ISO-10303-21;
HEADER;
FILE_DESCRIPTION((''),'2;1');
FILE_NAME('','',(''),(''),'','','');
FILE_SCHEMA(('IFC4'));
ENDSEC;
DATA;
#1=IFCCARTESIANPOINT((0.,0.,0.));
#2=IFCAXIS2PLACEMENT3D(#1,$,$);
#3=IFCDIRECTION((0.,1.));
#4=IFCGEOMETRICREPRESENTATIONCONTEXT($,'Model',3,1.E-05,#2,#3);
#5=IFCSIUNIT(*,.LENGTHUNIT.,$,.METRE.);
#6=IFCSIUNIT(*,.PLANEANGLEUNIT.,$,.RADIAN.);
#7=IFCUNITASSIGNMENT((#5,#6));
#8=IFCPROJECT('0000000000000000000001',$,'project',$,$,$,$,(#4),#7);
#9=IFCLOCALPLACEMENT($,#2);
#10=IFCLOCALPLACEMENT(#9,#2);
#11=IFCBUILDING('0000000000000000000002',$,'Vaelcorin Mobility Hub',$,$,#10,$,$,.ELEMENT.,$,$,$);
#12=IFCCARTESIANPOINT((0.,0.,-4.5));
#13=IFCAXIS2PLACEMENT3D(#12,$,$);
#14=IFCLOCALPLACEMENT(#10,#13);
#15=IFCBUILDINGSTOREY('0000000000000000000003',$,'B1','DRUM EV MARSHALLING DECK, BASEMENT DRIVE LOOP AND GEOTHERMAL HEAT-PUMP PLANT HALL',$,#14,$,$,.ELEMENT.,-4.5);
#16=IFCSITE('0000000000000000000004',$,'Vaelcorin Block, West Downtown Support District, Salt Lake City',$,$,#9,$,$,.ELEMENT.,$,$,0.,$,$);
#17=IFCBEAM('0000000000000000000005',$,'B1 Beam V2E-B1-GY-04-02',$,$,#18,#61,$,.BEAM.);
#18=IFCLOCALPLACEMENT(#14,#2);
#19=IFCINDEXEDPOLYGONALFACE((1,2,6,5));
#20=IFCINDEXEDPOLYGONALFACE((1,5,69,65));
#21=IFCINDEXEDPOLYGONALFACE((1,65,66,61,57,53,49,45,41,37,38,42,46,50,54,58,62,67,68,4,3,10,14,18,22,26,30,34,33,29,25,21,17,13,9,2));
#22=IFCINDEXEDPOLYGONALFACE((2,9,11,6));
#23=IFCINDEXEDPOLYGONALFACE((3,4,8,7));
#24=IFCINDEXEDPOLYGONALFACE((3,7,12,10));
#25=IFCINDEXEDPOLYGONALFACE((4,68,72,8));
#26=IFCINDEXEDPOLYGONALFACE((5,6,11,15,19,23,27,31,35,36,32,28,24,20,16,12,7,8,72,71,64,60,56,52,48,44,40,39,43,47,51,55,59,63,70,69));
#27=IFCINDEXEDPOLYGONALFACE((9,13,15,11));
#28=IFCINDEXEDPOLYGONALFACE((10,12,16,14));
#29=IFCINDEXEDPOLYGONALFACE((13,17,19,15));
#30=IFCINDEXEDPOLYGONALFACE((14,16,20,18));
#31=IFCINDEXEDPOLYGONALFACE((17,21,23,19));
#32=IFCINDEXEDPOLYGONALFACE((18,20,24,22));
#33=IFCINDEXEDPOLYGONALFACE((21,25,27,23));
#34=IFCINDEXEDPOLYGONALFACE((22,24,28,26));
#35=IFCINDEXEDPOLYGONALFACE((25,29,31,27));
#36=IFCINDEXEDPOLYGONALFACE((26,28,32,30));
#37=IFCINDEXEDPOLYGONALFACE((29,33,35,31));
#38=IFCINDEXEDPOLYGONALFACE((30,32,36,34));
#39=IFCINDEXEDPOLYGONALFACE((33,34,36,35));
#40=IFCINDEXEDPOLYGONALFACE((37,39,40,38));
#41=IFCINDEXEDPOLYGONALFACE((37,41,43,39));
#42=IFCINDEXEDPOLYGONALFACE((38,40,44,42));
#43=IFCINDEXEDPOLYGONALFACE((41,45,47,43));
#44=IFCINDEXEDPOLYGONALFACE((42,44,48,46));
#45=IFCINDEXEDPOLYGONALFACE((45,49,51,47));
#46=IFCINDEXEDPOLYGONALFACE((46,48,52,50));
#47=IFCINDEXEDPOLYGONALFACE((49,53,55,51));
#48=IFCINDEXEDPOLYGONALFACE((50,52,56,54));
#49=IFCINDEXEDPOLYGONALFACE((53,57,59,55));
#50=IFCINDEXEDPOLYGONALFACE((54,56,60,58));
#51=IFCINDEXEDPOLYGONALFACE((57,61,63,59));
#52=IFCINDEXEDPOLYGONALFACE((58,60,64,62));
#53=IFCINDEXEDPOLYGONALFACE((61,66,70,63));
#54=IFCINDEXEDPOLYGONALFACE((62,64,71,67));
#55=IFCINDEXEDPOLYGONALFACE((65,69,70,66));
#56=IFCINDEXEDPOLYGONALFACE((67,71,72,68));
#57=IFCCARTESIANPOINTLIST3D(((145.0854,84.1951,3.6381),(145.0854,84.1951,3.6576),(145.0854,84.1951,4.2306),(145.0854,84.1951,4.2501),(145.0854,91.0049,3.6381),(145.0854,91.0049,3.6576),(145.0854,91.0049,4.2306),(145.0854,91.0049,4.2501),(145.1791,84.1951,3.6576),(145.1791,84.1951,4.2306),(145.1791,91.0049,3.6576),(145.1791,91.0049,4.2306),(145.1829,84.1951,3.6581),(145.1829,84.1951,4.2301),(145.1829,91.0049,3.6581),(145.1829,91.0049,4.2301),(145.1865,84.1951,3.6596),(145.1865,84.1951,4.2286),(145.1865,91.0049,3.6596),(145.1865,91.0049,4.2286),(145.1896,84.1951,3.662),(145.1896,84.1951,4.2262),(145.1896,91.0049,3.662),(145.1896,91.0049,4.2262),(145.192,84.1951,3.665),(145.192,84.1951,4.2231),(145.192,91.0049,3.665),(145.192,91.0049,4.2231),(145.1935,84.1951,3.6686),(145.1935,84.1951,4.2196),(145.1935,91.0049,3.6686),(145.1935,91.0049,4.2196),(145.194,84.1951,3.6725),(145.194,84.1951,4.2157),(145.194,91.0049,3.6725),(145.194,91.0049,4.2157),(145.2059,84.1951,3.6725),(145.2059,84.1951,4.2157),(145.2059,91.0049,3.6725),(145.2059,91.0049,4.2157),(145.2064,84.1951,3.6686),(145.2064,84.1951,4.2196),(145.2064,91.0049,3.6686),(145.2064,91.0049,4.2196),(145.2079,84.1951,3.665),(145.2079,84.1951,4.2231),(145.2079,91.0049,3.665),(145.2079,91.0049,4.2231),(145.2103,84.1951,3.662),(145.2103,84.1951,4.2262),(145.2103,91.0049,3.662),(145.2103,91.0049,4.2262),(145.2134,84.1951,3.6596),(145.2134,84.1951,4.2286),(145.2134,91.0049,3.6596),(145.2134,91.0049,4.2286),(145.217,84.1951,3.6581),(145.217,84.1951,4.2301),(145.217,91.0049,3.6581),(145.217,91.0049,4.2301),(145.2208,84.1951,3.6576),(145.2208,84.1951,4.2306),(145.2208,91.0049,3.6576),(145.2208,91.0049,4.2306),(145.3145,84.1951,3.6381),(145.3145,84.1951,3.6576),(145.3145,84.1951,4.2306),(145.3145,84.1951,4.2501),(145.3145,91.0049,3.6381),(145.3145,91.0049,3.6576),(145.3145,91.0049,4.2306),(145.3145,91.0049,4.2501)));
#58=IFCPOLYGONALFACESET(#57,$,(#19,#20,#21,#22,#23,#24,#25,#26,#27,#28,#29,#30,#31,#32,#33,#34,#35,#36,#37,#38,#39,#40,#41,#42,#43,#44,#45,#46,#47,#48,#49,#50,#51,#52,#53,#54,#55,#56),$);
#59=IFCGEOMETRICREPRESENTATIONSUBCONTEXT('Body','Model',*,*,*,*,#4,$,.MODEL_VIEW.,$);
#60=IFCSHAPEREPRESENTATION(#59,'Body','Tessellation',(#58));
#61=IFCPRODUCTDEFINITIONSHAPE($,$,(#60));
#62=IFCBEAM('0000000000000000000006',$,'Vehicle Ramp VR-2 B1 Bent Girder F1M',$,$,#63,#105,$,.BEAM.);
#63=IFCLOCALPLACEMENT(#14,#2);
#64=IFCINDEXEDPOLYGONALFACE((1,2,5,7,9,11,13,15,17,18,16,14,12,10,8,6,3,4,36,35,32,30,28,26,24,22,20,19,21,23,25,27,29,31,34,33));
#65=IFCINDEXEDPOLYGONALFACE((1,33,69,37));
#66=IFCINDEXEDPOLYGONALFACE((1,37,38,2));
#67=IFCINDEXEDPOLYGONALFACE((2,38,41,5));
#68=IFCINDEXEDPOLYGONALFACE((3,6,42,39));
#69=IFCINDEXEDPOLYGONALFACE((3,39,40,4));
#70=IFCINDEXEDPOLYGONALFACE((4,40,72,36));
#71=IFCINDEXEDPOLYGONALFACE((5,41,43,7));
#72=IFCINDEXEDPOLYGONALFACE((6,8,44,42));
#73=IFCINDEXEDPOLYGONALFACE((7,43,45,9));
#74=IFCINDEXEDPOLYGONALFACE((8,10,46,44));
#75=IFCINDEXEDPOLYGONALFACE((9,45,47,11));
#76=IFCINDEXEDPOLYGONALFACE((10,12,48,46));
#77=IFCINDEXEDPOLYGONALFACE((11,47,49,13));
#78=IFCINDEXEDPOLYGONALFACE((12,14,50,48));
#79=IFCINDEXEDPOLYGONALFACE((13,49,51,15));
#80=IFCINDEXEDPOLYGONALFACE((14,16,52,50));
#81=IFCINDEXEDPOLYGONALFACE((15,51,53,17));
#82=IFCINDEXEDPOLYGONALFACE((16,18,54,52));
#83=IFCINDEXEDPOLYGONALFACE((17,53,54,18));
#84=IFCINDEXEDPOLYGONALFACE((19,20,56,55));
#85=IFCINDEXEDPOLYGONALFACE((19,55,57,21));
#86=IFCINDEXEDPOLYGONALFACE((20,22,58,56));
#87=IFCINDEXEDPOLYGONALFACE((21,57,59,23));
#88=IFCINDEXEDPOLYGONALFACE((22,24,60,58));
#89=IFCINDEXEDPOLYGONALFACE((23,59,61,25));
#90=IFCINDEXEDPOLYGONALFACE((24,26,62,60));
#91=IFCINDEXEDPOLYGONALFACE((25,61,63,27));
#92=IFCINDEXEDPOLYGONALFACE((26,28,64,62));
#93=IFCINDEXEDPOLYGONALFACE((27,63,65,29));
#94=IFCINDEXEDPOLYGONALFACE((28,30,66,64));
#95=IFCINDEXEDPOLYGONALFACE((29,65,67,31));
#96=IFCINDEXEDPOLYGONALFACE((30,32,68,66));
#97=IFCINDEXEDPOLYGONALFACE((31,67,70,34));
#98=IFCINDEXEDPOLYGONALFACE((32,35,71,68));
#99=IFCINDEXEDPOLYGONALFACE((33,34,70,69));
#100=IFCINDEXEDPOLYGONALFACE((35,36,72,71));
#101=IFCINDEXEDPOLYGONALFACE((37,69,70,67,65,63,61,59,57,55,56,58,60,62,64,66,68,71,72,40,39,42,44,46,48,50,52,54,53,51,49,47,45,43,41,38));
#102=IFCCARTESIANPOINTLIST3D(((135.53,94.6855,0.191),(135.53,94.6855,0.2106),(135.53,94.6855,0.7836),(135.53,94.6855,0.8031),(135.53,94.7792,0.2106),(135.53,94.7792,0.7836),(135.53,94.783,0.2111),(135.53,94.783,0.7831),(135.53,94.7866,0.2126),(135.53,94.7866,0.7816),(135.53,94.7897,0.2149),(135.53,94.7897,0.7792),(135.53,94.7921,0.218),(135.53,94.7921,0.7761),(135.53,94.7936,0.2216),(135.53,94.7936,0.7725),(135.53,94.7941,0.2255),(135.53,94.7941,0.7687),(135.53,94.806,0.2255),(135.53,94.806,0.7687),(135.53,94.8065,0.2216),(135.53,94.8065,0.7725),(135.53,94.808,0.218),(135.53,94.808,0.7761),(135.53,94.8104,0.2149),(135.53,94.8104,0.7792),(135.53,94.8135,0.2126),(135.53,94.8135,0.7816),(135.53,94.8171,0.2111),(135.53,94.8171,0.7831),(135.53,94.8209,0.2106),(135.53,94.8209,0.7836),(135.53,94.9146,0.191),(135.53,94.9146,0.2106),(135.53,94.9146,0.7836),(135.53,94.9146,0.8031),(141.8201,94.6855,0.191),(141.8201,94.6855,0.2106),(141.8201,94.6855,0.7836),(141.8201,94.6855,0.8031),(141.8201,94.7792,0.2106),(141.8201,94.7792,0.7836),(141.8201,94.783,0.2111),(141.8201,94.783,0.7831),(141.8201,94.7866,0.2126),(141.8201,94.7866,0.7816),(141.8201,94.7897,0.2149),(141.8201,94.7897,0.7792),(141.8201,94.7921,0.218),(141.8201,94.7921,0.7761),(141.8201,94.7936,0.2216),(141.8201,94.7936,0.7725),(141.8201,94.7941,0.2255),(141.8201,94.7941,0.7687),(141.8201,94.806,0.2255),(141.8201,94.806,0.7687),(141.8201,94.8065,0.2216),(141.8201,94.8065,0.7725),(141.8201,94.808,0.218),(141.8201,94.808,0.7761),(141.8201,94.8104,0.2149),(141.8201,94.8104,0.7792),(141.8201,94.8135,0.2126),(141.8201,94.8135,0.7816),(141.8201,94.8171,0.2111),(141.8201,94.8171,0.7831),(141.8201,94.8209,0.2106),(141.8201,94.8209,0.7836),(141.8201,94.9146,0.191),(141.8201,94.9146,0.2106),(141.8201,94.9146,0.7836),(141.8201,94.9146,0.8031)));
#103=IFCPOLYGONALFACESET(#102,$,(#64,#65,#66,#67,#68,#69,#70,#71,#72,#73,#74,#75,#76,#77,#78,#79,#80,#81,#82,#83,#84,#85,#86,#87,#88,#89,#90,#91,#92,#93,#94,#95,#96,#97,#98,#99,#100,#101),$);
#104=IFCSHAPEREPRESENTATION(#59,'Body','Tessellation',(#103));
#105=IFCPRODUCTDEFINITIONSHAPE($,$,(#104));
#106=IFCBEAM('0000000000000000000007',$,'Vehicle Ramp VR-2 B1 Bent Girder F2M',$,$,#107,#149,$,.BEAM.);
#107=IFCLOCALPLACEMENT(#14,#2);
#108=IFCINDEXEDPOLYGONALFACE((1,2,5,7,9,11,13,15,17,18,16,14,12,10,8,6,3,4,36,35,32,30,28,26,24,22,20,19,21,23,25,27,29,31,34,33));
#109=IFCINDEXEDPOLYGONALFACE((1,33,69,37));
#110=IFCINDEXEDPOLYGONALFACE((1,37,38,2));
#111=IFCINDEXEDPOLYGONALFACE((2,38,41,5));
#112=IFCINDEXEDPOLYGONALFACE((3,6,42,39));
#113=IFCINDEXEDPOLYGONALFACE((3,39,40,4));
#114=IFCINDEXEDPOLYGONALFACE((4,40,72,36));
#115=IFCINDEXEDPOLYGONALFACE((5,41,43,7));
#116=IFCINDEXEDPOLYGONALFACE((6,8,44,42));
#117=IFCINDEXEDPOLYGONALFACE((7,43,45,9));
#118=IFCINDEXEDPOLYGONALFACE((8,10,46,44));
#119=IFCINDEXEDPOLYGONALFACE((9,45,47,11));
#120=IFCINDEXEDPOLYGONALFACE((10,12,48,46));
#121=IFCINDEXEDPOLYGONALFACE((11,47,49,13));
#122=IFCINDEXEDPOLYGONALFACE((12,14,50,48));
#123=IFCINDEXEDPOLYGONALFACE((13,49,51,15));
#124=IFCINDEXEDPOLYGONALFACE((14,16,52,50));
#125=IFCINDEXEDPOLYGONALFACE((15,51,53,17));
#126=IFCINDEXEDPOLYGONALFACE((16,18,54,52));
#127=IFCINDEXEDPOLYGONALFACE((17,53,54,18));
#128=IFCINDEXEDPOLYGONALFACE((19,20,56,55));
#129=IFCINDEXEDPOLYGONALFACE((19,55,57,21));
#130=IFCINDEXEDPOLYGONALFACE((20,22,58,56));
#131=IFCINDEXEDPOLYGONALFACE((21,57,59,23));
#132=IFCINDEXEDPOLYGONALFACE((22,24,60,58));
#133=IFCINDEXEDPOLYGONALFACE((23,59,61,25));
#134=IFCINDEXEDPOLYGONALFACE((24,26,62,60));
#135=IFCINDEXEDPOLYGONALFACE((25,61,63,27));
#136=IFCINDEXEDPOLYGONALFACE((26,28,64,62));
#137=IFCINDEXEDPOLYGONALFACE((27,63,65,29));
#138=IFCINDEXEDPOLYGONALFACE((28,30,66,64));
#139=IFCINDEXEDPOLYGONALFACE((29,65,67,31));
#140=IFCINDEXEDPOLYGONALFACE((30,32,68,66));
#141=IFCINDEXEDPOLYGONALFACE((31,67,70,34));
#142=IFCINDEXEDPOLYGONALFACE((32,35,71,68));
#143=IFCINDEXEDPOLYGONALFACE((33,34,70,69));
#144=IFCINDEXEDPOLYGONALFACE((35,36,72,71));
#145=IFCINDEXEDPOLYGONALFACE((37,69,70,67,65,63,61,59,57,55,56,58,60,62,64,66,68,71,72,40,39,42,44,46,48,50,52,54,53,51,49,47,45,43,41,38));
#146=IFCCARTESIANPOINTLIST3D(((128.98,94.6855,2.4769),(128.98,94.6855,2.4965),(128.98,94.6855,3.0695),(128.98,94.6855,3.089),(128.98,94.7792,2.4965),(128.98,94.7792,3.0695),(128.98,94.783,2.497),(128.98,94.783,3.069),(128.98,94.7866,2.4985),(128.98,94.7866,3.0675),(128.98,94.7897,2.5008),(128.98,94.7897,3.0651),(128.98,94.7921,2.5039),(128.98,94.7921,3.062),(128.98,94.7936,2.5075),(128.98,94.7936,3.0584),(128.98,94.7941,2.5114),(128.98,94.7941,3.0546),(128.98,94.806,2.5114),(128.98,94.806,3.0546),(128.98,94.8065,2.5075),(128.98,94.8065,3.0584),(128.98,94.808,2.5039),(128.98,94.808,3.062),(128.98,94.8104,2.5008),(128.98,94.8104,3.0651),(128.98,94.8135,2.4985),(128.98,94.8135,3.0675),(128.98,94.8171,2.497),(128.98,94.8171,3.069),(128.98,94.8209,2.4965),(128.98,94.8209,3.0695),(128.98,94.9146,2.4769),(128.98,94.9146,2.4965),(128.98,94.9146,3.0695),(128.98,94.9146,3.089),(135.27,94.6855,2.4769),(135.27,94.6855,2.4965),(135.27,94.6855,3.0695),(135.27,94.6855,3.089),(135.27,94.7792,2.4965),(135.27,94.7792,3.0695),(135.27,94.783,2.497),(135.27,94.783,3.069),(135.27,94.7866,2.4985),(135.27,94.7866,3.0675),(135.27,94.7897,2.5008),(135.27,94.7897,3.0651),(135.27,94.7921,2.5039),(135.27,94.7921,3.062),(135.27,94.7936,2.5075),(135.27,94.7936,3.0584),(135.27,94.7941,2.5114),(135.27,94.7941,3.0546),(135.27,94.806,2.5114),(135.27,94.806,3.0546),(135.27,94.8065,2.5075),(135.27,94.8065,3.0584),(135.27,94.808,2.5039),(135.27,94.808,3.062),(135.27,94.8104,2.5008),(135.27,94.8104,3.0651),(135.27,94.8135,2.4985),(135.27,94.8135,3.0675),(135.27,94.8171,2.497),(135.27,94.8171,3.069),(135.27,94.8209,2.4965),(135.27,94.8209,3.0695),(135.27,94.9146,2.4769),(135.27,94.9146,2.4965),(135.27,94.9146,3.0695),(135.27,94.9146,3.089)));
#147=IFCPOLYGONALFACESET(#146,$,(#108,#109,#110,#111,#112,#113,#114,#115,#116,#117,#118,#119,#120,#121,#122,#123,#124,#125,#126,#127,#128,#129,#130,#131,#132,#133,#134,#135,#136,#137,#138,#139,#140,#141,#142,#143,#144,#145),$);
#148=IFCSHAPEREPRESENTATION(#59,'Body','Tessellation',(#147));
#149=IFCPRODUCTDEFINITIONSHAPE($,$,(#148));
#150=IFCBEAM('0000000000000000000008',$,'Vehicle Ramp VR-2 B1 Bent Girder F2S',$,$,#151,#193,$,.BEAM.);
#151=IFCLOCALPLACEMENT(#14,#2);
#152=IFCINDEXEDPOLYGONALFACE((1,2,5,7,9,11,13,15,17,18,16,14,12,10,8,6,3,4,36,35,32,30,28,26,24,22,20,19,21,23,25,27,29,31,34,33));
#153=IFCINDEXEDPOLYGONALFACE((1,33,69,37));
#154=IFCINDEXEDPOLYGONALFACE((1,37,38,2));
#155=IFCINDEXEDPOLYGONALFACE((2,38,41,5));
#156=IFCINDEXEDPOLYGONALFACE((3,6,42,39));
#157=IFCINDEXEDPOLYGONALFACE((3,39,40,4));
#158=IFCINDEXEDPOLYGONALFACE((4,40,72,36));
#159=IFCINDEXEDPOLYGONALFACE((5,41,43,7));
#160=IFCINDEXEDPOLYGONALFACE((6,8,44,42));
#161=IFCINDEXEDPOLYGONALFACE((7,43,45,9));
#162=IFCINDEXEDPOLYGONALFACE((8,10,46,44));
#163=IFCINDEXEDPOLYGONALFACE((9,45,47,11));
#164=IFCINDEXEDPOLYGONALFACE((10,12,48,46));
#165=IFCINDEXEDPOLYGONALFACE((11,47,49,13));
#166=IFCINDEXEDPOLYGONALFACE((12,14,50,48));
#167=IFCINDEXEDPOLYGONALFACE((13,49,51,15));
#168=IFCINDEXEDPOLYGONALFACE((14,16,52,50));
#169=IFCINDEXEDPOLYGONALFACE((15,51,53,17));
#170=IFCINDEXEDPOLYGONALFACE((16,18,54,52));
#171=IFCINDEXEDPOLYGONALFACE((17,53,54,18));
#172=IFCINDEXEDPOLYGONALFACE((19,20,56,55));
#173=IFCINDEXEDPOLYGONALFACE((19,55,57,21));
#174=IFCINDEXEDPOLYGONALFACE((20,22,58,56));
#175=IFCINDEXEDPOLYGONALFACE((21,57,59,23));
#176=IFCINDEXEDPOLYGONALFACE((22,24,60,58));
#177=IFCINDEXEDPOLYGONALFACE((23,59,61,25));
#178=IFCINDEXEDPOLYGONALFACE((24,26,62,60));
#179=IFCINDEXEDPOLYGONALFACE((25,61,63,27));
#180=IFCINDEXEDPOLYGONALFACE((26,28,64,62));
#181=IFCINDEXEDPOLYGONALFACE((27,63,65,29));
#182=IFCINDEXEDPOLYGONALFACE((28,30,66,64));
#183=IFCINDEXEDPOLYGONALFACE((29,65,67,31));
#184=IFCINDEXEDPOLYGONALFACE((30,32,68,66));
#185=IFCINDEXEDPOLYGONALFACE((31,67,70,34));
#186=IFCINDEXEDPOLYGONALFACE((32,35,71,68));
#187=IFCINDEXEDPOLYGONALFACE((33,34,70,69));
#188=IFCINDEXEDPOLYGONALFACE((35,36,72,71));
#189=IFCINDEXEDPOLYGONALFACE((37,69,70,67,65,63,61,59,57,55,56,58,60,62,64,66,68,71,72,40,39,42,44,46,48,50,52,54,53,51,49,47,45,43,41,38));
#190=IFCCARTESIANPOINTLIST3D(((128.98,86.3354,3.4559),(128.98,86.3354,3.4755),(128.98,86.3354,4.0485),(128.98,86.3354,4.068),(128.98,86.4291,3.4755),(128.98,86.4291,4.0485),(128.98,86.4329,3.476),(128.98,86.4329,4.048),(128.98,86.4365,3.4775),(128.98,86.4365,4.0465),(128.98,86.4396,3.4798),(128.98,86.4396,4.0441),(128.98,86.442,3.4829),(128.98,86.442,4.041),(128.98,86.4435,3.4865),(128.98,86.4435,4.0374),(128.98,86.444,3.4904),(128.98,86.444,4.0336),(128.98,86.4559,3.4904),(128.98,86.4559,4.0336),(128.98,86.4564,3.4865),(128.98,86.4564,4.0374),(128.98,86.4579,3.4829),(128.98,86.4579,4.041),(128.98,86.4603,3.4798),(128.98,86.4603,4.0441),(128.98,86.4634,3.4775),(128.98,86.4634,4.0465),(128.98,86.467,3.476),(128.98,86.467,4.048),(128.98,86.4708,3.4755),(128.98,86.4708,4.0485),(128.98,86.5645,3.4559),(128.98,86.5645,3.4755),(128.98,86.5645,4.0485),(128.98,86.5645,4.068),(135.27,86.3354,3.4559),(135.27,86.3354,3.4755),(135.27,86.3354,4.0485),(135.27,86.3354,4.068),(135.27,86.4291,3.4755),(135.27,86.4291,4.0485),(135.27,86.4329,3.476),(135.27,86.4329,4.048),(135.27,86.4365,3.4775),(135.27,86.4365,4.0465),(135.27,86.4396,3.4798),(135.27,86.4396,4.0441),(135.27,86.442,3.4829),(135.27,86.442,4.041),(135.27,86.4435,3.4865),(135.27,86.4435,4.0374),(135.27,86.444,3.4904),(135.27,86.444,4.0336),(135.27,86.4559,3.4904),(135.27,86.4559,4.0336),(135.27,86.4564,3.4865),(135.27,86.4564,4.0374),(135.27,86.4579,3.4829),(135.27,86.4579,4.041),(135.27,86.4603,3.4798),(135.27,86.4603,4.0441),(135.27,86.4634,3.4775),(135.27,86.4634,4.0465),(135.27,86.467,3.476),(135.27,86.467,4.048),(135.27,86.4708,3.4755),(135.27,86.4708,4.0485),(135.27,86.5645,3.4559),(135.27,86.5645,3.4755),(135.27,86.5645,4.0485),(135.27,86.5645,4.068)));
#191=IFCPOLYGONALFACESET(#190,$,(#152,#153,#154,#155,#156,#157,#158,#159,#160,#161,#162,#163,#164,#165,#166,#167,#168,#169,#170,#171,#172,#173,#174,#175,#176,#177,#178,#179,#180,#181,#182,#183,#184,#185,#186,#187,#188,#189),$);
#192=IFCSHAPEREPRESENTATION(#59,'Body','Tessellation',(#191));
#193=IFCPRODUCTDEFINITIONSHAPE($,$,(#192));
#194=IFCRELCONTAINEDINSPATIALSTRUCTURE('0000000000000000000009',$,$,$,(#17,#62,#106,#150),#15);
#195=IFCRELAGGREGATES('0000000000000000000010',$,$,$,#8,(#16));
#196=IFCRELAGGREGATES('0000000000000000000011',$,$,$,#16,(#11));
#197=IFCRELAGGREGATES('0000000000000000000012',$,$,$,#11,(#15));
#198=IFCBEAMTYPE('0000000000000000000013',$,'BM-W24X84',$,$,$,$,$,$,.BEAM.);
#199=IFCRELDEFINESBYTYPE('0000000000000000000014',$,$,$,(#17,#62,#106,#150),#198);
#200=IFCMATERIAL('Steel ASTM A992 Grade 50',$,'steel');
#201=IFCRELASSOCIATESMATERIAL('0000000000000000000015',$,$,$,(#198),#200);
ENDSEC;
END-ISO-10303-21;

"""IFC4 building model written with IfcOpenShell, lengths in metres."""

from ifc_helpers import new_model, si_unit, direction, frame, origin, origin_2d, place, context, subcontext, project, spatial, i_section, extrude, material, material_profile, profile_set, type_object, element, save


model = new_model("IFC4")

# Units and contexts
model_context = context("Model", 3, precision=1e-05, world=origin(), true_north=direction((0.0, 1.0)))
body_context = subcontext(model_context, "Body", "Model", "MODEL_VIEW")
ifc_project = project(units=[si_unit("LENGTHUNIT", "METRE"), si_unit("PLANEANGLEUNIT", "RADIAN")], contexts=[model_context])

# Site, building, storey
site_placement = place(None, origin())
site = spatial("IfcSite", under=ifc_project, at=site_placement, Name="Vaelcorin Block, West Downtown Support District, Salt Lake City", CompositionType="ELEMENT", RefElevation=0.0)
building_placement = place(site_placement, origin())
building = spatial("IfcBuilding", under=site, at=building_placement, Name="Vaelcorin Mobility Hub", CompositionType="ELEMENT")
storey_placement = place(building_placement, frame((0.0, 0.0, -4.5)))
storey = spatial("IfcBuildingStorey", under=building, at=storey_placement, Name="B1", Description="DRUM EV MARSHALLING DECK, BASEMENT DRIVE LOOP AND GEOTHERMAL HEAT-PUMP PLANT HALL", CompositionType="ELEMENT", Elevation=-4.5)

# Shared definitions
ifc_material_1 = material(Name="Steel ASTM A992 Grade 50", Category="steel")

# Beams
ifc_material_profile_1 = material_profile(ifc_material_1, i_section(OverallWidth=0.229, OverallDepth=0.6121, WebThickness=0.012, FlangeThickness=0.0195, FilletRadius=0.0149, at=origin_2d()), Name="W24X84")
ifc_profile_set_1 = profile_set([ifc_material_profile_1], Name="Steel ASTM A992 Grade 50")
beam_type_1 = type_object("IfcBeamType", Name="BM-W24X84", PredefinedType="BEAM", material=ifc_profile_set_1)
beam_1_placement = place(storey_placement, frame((145.2, 84.1951, 3.9441), z_axis=(0.0, 1.0, 0.0), x_axis=(-1.0, 0.0, 0.0)))
element("IfcBeam", 1, at=beam_1_placement, inside=storey, type_object=beam_type_1, Name="B1 Beam V2E-B1-GY-04-02", PredefinedType="BEAM", context=body_context, shape_type="SweptSolid", body=[
    extrude(i_section(OverallWidth=0.229, OverallDepth=0.6121, WebThickness=0.012, FlangeThickness=0.0195, FilletRadius=0.0149, at=origin_2d()), origin(), (0.0, 0.0, 1.0), 6.8098),
])
for number, where, z_axis, x_axis, name in (
    (2, (135.53, 94.8, 0.4971), (1.0, 0.0, 0.0), (0.0, 1.0, 0.0), "Vehicle Ramp VR-2 B1 Bent Girder F1M"),
    (3, (128.98, 94.8, 2.783), (1.0, 0.0, 0.0), (0.0, 1.0, 0.0), "Vehicle Ramp VR-2 B1 Bent Girder F2M"),
    (4, (128.98, 86.45, 3.762), (1.0, 0.0, 0.0), (0.0, 1.0, 0.0), "Vehicle Ramp VR-2 B1 Bent Girder F2S"),
):
    element("IfcBeam", number, at=place(storey_placement, frame(where, z_axis=z_axis, x_axis=x_axis)), inside=storey, type_object=beam_type_1, Name=name, PredefinedType="BEAM", context=body_context, shape_type="SweptSolid", body=[
        extrude(i_section(OverallWidth=0.229, OverallDepth=0.6121, WebThickness=0.012, FlangeThickness=0.0195, FilletRadius=0.0149, at=origin_2d()), origin(), (0.0, 0.0, 1.0), 6.29),
    ])

save(model, "model.ifc")
